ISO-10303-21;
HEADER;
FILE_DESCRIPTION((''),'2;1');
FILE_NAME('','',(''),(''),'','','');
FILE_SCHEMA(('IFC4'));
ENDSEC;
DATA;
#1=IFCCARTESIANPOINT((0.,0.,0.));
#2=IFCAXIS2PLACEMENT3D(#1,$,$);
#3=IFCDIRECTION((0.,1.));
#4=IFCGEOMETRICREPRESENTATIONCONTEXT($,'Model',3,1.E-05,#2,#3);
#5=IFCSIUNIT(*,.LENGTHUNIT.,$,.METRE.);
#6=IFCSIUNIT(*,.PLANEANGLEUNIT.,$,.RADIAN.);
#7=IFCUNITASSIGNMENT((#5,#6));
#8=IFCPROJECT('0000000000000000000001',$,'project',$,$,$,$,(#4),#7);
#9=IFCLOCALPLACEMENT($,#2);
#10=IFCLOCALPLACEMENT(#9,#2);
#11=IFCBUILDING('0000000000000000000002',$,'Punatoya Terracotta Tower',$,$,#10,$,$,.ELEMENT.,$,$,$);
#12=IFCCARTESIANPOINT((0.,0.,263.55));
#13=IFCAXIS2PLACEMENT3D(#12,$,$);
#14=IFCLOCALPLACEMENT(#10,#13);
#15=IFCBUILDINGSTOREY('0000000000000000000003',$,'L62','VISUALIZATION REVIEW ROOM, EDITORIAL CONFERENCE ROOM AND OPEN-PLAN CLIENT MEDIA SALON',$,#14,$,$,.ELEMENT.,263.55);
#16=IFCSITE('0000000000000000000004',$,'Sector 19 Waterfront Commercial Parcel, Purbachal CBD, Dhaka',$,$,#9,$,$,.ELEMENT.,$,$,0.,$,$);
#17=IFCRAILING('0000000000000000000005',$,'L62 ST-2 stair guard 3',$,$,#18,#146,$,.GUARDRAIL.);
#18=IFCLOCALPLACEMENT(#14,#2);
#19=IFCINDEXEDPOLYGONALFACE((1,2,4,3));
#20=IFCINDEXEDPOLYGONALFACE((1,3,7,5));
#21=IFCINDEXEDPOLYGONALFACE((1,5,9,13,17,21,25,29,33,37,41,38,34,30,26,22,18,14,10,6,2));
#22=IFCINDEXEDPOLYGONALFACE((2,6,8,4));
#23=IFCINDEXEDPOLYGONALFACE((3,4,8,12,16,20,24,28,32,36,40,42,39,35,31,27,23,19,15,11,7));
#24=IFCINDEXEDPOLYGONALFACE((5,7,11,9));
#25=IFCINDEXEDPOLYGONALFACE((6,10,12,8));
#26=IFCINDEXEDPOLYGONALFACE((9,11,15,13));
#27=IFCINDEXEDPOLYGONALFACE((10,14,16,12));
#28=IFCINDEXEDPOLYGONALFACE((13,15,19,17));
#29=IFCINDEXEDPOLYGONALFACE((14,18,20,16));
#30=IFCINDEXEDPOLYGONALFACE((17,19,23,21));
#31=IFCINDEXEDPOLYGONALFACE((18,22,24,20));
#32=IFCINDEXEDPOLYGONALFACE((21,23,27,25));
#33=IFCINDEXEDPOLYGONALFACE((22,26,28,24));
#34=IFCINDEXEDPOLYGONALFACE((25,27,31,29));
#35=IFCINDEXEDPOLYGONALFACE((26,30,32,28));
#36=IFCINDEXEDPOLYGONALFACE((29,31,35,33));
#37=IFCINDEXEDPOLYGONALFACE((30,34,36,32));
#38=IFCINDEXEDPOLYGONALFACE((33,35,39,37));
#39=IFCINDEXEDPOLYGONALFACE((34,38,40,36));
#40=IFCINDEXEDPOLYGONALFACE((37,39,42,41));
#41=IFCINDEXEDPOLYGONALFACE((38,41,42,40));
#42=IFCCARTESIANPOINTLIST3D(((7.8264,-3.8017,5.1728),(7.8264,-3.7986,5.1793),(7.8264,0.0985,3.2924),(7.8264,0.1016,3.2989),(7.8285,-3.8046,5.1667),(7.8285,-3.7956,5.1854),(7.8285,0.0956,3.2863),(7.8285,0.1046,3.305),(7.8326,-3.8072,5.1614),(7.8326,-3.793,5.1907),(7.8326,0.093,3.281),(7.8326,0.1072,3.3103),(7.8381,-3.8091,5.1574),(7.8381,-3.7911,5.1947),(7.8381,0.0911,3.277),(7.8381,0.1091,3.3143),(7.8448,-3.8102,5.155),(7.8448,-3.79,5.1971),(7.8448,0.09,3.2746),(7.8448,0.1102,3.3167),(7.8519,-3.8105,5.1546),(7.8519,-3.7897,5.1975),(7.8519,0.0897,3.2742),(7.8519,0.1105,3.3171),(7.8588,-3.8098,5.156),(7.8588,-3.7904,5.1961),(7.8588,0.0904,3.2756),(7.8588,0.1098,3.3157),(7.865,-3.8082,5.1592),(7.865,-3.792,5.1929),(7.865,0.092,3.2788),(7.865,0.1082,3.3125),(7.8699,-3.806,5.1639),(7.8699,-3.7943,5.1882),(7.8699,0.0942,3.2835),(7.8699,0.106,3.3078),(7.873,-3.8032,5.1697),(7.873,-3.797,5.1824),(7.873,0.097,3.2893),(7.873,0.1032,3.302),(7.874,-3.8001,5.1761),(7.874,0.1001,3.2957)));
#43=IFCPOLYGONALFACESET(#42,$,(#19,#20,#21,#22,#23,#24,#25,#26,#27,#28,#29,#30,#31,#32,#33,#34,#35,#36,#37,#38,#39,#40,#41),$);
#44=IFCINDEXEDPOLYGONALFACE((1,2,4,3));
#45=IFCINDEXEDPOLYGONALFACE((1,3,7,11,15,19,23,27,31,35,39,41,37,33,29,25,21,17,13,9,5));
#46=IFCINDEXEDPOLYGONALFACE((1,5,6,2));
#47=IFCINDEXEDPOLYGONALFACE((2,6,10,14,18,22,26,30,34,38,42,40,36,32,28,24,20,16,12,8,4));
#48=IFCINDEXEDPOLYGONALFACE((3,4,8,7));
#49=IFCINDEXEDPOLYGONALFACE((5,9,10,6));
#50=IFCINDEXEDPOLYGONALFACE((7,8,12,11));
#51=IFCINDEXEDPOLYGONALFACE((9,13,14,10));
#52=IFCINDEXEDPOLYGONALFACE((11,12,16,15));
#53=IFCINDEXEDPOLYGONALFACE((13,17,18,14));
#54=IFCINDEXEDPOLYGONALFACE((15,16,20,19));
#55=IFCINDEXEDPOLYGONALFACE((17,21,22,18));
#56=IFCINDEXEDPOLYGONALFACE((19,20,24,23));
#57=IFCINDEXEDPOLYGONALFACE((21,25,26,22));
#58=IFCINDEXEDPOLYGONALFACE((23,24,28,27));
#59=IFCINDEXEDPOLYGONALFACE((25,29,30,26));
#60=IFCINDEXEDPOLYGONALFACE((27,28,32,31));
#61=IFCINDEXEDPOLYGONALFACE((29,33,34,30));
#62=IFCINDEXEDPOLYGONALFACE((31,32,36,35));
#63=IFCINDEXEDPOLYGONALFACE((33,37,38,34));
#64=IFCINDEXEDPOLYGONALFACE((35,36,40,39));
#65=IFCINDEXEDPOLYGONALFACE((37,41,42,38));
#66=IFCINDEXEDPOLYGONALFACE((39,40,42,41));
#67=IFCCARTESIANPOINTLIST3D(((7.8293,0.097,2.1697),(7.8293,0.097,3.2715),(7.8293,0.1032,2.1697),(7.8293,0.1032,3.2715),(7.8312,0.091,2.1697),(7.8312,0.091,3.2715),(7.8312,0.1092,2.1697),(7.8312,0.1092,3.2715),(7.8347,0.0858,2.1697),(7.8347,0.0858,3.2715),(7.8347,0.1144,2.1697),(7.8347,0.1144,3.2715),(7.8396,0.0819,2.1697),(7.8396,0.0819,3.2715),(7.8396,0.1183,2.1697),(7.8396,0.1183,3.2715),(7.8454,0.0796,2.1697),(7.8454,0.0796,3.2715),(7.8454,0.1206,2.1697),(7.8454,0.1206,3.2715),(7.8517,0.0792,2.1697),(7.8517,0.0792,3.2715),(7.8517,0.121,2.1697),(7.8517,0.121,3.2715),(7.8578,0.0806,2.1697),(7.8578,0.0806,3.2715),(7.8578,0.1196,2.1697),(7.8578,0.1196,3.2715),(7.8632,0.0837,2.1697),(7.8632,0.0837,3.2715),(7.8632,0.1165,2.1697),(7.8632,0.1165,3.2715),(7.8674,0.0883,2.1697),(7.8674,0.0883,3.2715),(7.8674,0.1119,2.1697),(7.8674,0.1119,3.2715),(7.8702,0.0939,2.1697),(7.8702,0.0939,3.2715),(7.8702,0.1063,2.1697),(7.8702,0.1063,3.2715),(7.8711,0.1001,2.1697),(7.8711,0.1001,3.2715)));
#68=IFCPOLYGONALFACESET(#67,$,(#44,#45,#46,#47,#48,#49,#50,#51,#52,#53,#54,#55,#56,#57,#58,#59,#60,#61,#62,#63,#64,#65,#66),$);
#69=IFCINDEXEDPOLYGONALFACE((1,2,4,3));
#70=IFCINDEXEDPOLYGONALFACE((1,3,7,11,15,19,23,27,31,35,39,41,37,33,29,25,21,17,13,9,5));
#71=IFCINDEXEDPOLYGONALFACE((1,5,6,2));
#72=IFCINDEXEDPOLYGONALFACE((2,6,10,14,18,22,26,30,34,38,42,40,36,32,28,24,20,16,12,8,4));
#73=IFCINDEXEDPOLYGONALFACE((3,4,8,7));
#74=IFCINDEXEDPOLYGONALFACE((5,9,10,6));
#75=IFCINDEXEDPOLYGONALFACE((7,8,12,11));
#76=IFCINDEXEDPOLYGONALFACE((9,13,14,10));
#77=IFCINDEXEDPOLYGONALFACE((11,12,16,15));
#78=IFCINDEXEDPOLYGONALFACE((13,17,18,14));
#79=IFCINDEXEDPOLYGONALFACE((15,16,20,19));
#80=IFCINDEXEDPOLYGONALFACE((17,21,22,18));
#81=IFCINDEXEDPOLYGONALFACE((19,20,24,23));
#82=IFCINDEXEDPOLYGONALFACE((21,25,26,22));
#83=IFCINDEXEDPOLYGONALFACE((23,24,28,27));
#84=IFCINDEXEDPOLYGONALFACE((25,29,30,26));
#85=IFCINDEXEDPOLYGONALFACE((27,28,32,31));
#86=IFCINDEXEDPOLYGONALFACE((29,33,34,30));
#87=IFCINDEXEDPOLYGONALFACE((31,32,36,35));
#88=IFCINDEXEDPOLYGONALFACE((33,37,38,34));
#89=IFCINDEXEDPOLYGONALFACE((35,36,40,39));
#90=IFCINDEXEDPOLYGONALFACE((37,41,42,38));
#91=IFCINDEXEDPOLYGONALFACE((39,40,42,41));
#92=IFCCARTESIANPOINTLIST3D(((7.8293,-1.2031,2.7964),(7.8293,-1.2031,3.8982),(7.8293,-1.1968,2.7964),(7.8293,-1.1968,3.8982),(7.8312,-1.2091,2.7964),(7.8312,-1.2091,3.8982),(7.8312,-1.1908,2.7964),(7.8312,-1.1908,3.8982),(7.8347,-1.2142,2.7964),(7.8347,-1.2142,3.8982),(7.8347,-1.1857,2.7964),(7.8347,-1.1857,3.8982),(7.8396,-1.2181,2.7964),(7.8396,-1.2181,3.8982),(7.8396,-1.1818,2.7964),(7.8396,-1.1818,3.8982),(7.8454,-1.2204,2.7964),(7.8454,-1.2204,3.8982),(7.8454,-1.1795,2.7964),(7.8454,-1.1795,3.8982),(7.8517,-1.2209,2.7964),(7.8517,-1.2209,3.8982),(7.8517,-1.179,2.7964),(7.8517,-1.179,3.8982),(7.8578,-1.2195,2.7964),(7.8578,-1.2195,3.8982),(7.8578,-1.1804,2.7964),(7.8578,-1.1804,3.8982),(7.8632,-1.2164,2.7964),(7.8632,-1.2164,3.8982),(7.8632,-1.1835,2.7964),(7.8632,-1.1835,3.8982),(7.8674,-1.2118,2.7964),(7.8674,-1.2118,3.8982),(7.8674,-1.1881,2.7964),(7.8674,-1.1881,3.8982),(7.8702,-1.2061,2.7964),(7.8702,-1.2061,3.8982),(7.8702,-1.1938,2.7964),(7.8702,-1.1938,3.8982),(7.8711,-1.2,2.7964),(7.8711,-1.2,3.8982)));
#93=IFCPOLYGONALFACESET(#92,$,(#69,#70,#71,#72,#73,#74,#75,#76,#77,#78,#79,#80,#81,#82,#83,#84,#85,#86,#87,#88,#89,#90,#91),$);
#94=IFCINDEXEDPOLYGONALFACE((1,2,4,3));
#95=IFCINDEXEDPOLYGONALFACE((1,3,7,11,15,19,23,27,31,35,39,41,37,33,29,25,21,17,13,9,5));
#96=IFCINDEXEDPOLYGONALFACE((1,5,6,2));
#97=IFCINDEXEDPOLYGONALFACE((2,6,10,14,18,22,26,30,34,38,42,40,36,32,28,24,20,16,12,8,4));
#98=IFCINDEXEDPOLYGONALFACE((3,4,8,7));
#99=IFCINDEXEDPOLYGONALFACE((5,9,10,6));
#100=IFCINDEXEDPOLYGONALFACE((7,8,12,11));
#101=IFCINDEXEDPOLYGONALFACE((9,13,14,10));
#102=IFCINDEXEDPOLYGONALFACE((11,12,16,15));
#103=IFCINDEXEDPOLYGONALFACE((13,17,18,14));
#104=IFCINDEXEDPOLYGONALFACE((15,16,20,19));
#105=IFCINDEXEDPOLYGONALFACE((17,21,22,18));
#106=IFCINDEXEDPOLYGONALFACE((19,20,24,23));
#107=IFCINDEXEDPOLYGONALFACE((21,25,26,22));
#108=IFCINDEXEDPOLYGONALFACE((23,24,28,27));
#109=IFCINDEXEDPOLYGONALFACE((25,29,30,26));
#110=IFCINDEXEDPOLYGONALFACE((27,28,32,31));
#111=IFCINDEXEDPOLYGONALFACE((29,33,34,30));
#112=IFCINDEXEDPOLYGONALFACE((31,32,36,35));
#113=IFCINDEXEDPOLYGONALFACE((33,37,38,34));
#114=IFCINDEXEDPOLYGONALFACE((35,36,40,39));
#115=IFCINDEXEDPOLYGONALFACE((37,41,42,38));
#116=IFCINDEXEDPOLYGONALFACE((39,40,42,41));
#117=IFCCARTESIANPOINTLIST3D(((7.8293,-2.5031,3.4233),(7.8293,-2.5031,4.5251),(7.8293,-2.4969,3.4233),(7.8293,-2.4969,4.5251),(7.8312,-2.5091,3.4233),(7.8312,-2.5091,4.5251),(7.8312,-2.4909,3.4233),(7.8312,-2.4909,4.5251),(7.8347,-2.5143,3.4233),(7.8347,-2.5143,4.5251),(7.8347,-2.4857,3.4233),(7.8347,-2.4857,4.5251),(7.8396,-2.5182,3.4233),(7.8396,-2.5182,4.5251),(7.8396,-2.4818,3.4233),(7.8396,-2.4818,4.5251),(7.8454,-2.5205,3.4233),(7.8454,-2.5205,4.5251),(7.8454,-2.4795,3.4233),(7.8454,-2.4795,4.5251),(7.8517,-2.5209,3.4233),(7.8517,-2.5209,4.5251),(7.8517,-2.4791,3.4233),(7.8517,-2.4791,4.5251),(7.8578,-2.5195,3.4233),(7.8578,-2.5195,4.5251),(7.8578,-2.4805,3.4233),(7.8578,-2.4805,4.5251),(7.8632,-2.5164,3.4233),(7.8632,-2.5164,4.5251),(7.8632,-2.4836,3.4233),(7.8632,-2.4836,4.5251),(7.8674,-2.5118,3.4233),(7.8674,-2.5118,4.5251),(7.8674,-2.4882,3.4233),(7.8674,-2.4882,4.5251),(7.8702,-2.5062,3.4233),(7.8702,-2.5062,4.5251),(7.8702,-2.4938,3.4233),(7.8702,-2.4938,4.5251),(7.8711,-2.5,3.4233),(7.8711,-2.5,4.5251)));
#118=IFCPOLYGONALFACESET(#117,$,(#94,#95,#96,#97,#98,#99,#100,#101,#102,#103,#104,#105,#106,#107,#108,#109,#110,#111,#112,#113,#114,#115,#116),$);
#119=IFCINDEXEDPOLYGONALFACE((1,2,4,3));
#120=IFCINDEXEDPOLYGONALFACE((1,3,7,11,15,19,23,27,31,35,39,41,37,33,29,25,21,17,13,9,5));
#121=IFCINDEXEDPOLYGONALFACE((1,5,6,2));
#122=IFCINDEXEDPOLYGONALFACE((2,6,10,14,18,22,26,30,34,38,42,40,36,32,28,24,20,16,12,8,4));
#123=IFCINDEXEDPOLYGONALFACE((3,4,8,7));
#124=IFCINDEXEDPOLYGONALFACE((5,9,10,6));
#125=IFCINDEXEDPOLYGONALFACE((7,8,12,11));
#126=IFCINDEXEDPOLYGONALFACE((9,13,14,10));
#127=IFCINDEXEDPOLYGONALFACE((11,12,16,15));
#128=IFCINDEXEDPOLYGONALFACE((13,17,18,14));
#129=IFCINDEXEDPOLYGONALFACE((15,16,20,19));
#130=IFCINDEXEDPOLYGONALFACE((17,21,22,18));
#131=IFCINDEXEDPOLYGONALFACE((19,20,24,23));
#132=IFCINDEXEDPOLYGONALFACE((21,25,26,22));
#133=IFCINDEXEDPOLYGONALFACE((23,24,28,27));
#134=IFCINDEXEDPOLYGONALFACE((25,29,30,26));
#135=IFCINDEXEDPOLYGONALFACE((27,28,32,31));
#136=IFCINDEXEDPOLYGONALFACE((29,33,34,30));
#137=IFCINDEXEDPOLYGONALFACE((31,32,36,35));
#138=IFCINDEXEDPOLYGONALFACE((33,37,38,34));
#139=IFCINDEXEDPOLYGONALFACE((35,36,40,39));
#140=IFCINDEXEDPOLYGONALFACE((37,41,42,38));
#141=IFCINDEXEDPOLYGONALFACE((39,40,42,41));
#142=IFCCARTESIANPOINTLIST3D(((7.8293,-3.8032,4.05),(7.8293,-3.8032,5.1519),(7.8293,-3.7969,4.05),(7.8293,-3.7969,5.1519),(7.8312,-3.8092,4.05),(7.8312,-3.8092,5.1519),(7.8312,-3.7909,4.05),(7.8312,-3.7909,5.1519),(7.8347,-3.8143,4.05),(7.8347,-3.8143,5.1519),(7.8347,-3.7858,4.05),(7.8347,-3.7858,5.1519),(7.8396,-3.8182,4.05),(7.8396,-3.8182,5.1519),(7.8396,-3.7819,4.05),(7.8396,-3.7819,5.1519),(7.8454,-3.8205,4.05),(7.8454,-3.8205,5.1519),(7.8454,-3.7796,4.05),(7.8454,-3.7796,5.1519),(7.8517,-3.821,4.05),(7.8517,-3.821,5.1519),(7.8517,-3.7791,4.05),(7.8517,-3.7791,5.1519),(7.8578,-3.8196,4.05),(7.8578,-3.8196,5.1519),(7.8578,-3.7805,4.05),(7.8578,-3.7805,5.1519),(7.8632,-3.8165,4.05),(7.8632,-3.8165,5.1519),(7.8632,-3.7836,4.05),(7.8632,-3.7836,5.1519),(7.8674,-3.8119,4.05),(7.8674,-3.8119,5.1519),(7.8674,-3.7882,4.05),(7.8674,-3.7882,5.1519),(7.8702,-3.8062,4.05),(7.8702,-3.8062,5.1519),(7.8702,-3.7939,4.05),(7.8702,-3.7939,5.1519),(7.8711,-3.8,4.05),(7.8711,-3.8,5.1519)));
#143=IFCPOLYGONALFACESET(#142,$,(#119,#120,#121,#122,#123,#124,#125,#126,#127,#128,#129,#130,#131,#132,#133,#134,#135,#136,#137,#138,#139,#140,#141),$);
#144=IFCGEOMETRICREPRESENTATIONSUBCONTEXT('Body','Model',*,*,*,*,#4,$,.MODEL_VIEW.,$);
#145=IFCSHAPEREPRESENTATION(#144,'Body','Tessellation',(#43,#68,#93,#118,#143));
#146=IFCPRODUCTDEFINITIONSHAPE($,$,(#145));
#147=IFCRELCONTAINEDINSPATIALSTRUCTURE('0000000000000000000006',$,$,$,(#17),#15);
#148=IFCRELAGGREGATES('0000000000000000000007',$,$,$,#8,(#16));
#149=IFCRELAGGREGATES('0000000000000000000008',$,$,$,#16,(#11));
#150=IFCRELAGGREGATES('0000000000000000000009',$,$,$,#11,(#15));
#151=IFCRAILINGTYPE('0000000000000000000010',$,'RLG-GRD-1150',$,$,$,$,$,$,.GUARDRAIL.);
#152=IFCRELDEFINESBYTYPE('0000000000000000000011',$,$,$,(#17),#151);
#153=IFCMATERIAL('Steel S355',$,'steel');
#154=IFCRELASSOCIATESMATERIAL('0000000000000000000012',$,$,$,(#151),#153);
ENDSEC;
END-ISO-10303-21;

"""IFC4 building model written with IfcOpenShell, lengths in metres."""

from ifc_helpers import new_model, si_unit, direction, frame, origin, origin_2d, place, context, subcontext, project, spatial, circle, extrude, material, type_object, element, save


model = new_model("IFC4")

# Units and contexts
model_context = context("Model", 3, precision=1e-05, world=origin(), true_north=direction((0.0, 1.0)))
body_context = subcontext(model_context, "Body", "Model", "MODEL_VIEW")
ifc_project = project(units=[si_unit("LENGTHUNIT", "METRE"), si_unit("PLANEANGLEUNIT", "RADIAN")], contexts=[model_context])

# Site, building, storey
site_placement = place(None, origin())
site = spatial("IfcSite", under=ifc_project, at=site_placement, Name="Sector 19 Waterfront Commercial Parcel, Purbachal CBD, Dhaka", CompositionType="ELEMENT", RefElevation=0.0)
building_placement = place(site_placement, origin())
building = spatial("IfcBuilding", under=site, at=building_placement, Name="Punatoya Terracotta Tower", CompositionType="ELEMENT")
storey_placement = place(building_placement, frame((0.0, 0.0, 263.55)))
storey = spatial("IfcBuildingStorey", under=building, at=storey_placement, Name="L62", Description="VISUALIZATION REVIEW ROOM, EDITORIAL CONFERENCE ROOM AND OPEN-PLAN CLIENT MEDIA SALON", CompositionType="ELEMENT", Elevation=263.55)

# Shared definitions
ifc_material_1 = material(Name="Steel S355", Category="steel")

# Railing
railing_type_1 = type_object("IfcRailingType", Name="RLG-GRD-1150", PredefinedType="GUARDRAIL", material=ifc_material_1)
railing_1_placement = place(storey_placement, frame((7.8501, 0.1001, 2.1697)))
element("IfcRailing", 1, at=railing_1_placement, inside=storey, type_object=railing_type_1, Name="L62 ST-2 stair guard 3", PredefinedType="GUARDRAIL", context=body_context, shape_type="SweptSolid", body=[
    extrude(circle(Radius=0.0239, at=origin_2d()), frame((0.0, 0.0, 1.126), z_axis=(0.0, -0.900774, 0.434289), x_axis=(1.0, 0.0, 0.0)), (0.0, 0.0, 1.0), 4.3298),
    extrude(circle(Radius=0.021, at=origin_2d()), origin(), (0.0, 0.0, 1.0), 1.1018),
    extrude(circle(Radius=0.021, at=origin_2d()), frame((0.0, -1.3, 0.6267)), (0.0, 0.0, 1.0), 1.1018),
    extrude(circle(Radius=0.021, at=origin_2d()), frame((0.0, -2.6001, 1.2537)), (0.0, 0.0, 1.0), 1.1018),
    extrude(circle(Radius=0.021, at=origin_2d()), frame((0.0, -3.9001, 1.8804)), (0.0, 0.0, 1.0), 1.1018),
])

save(model, "model.ifc")
